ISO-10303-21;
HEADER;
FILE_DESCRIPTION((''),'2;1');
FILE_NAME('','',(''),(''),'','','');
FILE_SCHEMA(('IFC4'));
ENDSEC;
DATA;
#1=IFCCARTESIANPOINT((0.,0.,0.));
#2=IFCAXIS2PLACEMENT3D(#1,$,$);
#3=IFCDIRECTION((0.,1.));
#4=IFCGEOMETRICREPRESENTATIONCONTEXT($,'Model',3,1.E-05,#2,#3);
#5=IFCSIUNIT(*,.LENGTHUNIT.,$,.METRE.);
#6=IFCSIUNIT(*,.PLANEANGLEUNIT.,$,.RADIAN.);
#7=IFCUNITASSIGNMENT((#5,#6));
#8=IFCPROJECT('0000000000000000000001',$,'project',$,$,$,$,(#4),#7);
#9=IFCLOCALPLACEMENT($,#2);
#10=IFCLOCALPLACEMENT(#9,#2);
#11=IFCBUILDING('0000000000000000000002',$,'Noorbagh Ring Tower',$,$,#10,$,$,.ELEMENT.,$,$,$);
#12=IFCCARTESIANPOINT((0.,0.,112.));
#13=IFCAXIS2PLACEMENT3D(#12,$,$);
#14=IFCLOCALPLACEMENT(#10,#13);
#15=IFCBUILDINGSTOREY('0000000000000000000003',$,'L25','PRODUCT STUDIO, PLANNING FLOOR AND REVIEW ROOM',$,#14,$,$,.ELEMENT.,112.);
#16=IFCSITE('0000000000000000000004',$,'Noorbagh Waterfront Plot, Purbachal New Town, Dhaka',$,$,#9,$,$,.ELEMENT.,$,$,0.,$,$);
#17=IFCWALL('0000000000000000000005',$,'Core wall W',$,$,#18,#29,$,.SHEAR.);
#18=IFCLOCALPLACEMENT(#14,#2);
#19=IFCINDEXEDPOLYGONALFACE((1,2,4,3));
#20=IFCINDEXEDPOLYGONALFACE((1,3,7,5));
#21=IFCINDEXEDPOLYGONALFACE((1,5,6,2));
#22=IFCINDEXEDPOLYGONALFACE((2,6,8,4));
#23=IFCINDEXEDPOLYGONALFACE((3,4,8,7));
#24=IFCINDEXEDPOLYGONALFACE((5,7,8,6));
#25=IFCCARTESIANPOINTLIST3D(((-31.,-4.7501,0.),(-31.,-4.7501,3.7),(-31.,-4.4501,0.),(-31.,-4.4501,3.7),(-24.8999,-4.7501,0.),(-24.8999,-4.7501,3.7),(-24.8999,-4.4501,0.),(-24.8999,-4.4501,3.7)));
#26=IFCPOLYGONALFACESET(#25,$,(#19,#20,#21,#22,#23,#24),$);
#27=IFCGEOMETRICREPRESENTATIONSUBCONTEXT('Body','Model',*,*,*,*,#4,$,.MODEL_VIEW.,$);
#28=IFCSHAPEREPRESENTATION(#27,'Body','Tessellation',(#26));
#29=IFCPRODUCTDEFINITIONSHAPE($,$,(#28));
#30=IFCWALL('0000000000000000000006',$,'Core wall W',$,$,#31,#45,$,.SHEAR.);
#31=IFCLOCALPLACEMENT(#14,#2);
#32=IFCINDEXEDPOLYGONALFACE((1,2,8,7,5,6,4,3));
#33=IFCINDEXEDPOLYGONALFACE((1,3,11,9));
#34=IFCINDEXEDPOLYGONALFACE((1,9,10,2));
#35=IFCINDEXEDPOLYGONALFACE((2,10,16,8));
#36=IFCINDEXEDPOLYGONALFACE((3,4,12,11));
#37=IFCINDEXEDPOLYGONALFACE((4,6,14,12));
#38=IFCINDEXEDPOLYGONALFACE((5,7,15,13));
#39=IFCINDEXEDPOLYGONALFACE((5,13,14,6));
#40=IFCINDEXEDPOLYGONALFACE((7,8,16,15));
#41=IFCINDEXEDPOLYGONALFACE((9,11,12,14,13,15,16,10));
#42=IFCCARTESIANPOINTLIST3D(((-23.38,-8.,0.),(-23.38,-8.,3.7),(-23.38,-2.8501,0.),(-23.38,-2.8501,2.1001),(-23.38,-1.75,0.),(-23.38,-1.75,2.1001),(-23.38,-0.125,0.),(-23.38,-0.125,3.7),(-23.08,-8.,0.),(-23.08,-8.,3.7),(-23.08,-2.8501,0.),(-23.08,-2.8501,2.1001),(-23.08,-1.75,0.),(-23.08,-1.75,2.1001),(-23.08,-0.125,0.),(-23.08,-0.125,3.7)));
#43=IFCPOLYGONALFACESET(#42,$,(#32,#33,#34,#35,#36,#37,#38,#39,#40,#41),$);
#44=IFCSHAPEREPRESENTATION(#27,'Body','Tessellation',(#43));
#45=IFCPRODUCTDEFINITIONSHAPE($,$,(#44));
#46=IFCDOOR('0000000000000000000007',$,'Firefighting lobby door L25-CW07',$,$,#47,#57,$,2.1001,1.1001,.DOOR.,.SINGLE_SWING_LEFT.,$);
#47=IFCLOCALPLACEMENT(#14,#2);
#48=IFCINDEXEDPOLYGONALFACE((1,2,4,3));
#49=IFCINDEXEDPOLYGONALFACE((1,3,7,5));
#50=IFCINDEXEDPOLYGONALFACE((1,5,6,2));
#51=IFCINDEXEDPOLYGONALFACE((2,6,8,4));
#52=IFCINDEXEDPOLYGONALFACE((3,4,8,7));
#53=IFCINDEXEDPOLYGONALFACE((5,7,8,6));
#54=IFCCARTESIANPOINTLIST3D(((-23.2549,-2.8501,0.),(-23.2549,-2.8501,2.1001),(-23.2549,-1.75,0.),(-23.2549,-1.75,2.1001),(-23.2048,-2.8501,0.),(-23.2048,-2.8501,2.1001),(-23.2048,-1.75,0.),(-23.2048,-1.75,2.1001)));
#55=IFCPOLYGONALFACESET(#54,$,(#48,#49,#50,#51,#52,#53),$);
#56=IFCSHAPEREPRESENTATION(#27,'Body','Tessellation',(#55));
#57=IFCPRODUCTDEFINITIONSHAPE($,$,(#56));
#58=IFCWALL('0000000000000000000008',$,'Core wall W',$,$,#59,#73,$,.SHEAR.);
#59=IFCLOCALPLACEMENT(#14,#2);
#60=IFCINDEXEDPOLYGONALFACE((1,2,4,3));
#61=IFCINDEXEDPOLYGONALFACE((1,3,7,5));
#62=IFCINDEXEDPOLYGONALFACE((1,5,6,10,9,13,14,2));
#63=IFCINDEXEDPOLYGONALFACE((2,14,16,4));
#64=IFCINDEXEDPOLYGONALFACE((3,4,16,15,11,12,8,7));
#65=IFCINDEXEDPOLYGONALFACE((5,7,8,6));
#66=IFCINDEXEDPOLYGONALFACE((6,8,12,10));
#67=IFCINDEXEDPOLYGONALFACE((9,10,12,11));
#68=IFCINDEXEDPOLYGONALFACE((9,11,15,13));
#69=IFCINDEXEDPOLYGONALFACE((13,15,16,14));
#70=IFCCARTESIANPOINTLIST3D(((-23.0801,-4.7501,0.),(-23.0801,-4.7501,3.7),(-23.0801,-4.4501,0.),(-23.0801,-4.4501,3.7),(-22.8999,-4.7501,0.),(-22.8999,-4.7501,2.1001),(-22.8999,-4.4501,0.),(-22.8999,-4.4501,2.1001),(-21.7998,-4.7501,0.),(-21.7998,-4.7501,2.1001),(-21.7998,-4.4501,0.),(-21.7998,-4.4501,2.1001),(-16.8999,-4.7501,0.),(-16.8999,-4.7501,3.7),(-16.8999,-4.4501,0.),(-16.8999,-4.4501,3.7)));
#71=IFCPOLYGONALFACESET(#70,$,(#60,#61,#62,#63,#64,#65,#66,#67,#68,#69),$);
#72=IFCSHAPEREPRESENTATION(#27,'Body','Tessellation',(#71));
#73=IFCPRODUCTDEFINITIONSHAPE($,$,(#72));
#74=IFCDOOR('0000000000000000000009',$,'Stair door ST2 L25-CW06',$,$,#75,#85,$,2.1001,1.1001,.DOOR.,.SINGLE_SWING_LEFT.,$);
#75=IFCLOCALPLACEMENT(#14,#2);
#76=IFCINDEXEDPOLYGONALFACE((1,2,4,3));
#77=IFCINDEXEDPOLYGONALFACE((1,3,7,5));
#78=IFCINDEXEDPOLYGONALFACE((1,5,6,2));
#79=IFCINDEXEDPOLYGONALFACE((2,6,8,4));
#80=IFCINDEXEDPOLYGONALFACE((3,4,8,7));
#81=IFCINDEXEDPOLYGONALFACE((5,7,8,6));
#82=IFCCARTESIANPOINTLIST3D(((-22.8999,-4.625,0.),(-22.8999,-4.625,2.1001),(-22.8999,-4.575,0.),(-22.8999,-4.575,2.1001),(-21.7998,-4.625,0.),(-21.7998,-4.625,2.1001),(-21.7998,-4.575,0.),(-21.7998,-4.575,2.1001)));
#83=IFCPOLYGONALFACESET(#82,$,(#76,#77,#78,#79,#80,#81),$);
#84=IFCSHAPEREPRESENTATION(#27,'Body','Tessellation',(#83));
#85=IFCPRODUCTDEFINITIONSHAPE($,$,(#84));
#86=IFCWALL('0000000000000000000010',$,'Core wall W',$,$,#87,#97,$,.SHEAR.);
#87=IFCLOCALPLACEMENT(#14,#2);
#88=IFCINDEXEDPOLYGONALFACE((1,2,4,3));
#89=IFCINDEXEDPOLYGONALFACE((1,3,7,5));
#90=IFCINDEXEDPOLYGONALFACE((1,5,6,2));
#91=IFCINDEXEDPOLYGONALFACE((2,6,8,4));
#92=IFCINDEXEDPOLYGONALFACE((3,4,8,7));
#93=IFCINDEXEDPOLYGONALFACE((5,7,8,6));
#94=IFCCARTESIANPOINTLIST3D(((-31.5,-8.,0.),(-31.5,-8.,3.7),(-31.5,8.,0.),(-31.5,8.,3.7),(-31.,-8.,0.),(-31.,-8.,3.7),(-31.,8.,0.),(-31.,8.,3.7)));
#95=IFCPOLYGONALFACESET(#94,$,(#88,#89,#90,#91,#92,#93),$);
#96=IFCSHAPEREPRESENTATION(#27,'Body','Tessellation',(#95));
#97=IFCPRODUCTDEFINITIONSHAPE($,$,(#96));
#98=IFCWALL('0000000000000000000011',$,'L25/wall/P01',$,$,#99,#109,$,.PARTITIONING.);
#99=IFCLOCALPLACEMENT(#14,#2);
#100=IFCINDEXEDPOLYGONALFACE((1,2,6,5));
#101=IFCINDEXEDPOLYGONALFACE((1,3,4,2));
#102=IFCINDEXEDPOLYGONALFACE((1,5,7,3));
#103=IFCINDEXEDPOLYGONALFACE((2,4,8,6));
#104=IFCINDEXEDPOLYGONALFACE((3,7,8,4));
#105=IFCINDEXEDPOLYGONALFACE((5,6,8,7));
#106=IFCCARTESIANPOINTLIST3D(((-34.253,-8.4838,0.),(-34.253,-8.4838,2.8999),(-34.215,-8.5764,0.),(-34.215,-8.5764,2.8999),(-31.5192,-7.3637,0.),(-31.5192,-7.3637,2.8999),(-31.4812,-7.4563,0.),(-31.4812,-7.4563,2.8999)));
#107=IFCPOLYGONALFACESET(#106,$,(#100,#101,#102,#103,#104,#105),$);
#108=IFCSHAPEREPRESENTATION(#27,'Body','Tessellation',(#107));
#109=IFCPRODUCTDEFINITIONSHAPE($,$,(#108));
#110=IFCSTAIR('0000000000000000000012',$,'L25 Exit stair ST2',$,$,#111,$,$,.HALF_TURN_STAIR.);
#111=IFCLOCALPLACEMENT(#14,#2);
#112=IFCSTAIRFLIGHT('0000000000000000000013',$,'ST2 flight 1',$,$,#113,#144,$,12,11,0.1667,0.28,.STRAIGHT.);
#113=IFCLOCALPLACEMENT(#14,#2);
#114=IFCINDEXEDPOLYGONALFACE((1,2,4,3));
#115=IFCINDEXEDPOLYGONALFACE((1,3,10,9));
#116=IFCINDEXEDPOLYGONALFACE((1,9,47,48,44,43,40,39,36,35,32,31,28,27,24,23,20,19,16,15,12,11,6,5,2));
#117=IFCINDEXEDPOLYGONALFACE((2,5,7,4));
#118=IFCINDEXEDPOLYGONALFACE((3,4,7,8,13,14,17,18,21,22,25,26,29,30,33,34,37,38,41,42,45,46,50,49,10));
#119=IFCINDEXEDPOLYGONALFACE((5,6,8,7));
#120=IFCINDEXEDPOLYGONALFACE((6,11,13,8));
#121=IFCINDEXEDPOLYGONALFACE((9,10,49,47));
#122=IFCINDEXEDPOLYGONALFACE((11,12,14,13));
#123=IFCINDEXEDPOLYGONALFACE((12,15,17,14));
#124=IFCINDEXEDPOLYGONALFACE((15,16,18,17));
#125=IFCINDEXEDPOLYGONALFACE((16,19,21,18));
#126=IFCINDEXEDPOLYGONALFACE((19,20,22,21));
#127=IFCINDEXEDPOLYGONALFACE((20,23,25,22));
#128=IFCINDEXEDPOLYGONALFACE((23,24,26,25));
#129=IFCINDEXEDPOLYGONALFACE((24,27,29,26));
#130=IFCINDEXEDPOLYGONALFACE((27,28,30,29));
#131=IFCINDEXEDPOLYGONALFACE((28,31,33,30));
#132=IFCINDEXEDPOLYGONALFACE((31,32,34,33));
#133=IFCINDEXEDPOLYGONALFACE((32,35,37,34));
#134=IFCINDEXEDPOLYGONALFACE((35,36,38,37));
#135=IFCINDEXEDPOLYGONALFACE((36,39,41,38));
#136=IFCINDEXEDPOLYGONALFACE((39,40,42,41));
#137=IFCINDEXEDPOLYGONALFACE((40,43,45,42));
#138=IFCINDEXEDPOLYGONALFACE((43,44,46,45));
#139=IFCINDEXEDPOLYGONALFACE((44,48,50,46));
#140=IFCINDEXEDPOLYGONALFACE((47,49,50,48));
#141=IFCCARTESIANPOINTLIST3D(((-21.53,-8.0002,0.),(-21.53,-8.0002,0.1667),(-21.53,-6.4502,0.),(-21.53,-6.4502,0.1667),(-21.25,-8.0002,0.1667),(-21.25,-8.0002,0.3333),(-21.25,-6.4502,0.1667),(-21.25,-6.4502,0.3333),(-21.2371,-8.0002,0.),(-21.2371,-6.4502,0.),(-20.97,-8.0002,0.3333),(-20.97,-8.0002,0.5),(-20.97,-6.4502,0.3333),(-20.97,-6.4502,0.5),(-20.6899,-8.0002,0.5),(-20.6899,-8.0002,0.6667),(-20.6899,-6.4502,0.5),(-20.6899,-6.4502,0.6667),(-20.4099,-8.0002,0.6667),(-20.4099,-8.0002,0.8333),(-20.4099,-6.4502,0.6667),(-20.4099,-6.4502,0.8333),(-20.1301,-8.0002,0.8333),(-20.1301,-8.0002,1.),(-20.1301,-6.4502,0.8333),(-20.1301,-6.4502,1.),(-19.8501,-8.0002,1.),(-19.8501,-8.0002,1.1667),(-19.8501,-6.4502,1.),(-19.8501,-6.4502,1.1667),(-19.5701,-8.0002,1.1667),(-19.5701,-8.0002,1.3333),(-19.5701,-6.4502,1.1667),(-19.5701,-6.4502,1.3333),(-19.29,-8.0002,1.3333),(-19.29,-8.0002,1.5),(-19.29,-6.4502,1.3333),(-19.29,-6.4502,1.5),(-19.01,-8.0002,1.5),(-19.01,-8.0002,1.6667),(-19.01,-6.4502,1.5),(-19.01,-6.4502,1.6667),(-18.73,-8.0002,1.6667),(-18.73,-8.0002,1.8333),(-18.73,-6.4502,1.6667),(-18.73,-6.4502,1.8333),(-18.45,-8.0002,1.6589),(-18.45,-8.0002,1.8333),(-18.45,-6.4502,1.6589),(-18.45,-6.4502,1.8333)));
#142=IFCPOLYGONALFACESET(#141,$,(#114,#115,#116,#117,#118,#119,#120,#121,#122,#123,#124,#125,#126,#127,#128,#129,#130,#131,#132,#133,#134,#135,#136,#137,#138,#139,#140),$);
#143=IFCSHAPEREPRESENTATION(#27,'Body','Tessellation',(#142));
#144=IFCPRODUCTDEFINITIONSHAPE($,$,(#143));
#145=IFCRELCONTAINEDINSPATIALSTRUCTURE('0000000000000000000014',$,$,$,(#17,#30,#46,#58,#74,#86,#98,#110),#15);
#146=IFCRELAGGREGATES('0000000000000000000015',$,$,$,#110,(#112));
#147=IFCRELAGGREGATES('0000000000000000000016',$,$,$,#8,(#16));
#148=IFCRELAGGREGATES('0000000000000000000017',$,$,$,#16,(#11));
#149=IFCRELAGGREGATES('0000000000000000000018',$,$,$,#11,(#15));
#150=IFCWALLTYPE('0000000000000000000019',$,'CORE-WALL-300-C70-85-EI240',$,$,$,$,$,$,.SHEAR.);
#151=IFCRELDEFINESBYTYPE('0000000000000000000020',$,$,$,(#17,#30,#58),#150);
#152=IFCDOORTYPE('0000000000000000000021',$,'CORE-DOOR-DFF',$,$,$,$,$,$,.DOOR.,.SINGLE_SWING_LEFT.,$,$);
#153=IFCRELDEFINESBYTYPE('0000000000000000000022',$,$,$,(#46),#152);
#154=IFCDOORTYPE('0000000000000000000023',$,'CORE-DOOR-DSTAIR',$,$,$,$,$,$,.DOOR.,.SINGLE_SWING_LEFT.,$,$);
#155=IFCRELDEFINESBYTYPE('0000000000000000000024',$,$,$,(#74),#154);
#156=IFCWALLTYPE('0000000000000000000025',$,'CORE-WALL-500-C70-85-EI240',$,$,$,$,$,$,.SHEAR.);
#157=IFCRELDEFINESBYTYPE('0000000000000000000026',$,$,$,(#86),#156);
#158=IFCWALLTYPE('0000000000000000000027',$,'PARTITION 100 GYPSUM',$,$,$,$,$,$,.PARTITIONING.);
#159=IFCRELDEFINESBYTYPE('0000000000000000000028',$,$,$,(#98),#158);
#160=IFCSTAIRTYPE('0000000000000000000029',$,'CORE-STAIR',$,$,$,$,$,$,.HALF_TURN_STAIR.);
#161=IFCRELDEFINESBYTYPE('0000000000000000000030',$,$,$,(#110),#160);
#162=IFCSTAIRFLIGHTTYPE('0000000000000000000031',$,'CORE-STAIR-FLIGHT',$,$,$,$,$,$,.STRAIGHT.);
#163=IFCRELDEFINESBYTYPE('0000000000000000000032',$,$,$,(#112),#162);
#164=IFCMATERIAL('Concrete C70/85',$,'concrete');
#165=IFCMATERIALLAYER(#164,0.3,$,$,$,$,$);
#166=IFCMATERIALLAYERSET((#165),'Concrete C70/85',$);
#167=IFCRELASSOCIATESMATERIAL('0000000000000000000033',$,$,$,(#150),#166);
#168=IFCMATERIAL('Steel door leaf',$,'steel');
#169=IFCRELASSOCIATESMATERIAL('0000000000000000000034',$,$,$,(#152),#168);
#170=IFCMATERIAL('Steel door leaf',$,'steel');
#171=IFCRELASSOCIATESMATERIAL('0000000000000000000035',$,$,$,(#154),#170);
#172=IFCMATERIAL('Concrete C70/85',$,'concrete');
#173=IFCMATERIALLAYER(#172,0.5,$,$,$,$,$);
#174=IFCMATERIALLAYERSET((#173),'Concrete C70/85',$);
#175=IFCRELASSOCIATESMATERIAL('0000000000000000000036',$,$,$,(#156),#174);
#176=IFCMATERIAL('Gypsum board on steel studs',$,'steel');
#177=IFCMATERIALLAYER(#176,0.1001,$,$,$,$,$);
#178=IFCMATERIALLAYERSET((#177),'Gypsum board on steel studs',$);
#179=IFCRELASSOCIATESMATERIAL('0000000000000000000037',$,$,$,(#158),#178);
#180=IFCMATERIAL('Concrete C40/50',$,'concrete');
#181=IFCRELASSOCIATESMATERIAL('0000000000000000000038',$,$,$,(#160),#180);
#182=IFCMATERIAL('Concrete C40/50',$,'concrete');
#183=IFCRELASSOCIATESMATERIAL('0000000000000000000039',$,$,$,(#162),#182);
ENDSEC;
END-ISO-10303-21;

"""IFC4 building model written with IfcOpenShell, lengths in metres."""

from ifc_helpers import new_model, si_unit, direction, frame, frame_2d, origin, place, context, subcontext, project, spatial, polyline, rectangle, outline, extrude, material, layer, layer_set, type_object, element, fill, aggregate, save


model = new_model("IFC4")

# Units and contexts
model_context = context("Model", 3, precision=1e-05, world=origin(), true_north=direction((0.0, 1.0)))
body_context = subcontext(model_context, "Body", "Model", "MODEL_VIEW")
ifc_project = project(units=[si_unit("LENGTHUNIT", "METRE"), si_unit("PLANEANGLEUNIT", "RADIAN")], contexts=[model_context])

# Site, building, storey
site_placement = place(None, origin())
site = spatial("IfcSite", under=ifc_project, at=site_placement, Name="Noorbagh Waterfront Plot, Purbachal New Town, Dhaka", CompositionType="ELEMENT", RefElevation=0.0)
building_placement = place(site_placement, origin())
building = spatial("IfcBuilding", under=site, at=building_placement, Name="Noorbagh Ring Tower", CompositionType="ELEMENT")
storey_placement = place(building_placement, frame((0.0, 0.0, 112.0)))
storey = spatial("IfcBuildingStorey", under=building, at=storey_placement, Name="L25", Description="PRODUCT STUDIO, PLANNING FLOOR AND REVIEW ROOM", CompositionType="ELEMENT", Elevation=112.0)

# Wall
ifc_material_1 = material(Name="Concrete C70/85", Category="concrete")
ifc_layer_1 = layer(ifc_material_1, 0.3)
ifc_layer_set_1 = layer_set([ifc_layer_1], Name="Concrete C70/85")
wall_type_1 = type_object("IfcWallType", Name="CORE-WALL-300-C70-85-EI240", PredefinedType="SHEAR", material=ifc_layer_set_1)
wall_1_placement = place(storey_placement, frame((-24.8999, -4.6001, 0.0), z_axis=(0.0, 0.0, 1.0), x_axis=(-1.0, 0.0, 0.0)))
element("IfcWall", 1, at=wall_1_placement, inside=storey, type_object=wall_type_1, Name="Core wall W", PredefinedType="SHEAR", context=body_context, shape_type="SweptSolid", body=[
    extrude(rectangle(XDim=6.1001, YDim=0.3, at=frame_2d((3.05, 0.0))), origin(), (0.0, 0.0, 1.0), 3.7),
])

# Walls, openings, doors
wall_2_placement = place(storey_placement, frame((-23.23, -8.0, 0.0), z_axis=(0.0, 0.0, 1.0), x_axis=(0.0, 1.0, 0.0)))
wall_2 = element("IfcWall", 2, at=wall_2_placement, inside=storey, type_object=wall_type_1, Name="Core wall W", PredefinedType="SHEAR", context=body_context, shape_type="SweptSolid", body=[
    extrude(rectangle(XDim=7.875, YDim=0.3, at=frame_2d((3.9375, 0.0))), origin(), (0.0, 0.0, 1.0), 3.7),
])
opening_1_placement = place(wall_2_placement, frame((5.1499, 0.0, 0.0)))
opening_1 = element("IfcOpeningElement", 3, at=opening_1_placement, cuts=wall_2, PredefinedType="OPENING", context=body_context, shape_type="SweptSolid", body=[
    extrude(rectangle(XDim=1.1001, YDim=2.1001, at=frame_2d((0.55, 1.05))), frame((0.0, 0.1602, 0.0), z_axis=(0.0, -1.0, 0.0), x_axis=(1.0, 0.0, 0.0)), (0.0, 0.0, 1.0), 0.3201),
])
ifc_material_2 = material(Name="Steel door leaf", Category="steel")
door_type_1 = type_object("IfcDoorType", Name="CORE-DOOR-DFF", OperationType="SINGLE_SWING_LEFT", PredefinedType="DOOR", material=ifc_material_2)
door_1_placement = place(opening_1_placement, origin())
door_1 = element("IfcDoor", 4, at=door_1_placement, inside=storey, type_object=door_type_1, Name="Firefighting lobby door L25-CW07", OperationType="SINGLE_SWING_LEFT", OverallHeight=2.1001, OverallWidth=1.1001, PredefinedType="DOOR", context=body_context, shape_type="SweptSolid", body=[
    extrude(rectangle(XDim=1.1001, YDim=2.1001, at=frame_2d((0.55, 1.05))), frame((0.0, 0.0249, 0.0), z_axis=(0.0, -1.0, 0.0), x_axis=(1.0, 0.0, 0.0)), (0.0, 0.0, 1.0), 0.05),
])
fill(opening_1, door_1)
wall_3_placement = place(storey_placement, frame((-16.8999, -4.6001, 0.0), z_axis=(0.0, 0.0, 1.0), x_axis=(-1.0, 0.0, 0.0)))
wall_3 = element("IfcWall", 5, at=wall_3_placement, inside=storey, type_object=wall_type_1, Name="Core wall W", PredefinedType="SHEAR", context=body_context, shape_type="SweptSolid", body=[
    extrude(rectangle(XDim=6.1802, YDim=0.3, at=frame_2d((3.0901, 0.0))), origin(), (0.0, 0.0, 1.0), 3.7),
])
opening_2_placement = place(wall_3_placement, frame((4.8999, 0.0, 0.0)))
opening_2 = element("IfcOpeningElement", 6, at=opening_2_placement, cuts=wall_3, PredefinedType="OPENING", context=body_context, shape_type="SweptSolid", body=[
    extrude(rectangle(XDim=1.1001, YDim=2.1001, at=frame_2d((0.55, 1.05))), frame((0.0, 0.1602, 0.0), z_axis=(0.0, -1.0, 0.0), x_axis=(1.0, 0.0, 0.0)), (0.0, 0.0, 1.0), 0.3201),
])
ifc_material_3 = material(Name="Steel door leaf", Category="steel")
door_type_2 = type_object("IfcDoorType", Name="CORE-DOOR-DSTAIR", OperationType="SINGLE_SWING_LEFT", PredefinedType="DOOR", material=ifc_material_3)
door_2_placement = place(opening_2_placement, origin())
door_2 = element("IfcDoor", 7, at=door_2_placement, inside=storey, type_object=door_type_2, Name="Stair door ST2 L25-CW06", OperationType="SINGLE_SWING_LEFT", OverallHeight=2.1001, OverallWidth=1.1001, PredefinedType="DOOR", context=body_context, shape_type="SweptSolid", body=[
    extrude(rectangle(XDim=1.1001, YDim=2.1001, at=frame_2d((0.55, 1.05))), frame((0.0, 0.0249, 0.0), z_axis=(0.0, -1.0, 0.0), x_axis=(1.0, 0.0, 0.0)), (0.0, 0.0, 1.0), 0.05),
])
fill(opening_2, door_2)

# Walls
ifc_material_4 = material(Name="Concrete C70/85", Category="concrete")
ifc_layer_2 = layer(ifc_material_4, 0.5)
ifc_layer_set_2 = layer_set([ifc_layer_2], Name="Concrete C70/85")
wall_type_2 = type_object("IfcWallType", Name="CORE-WALL-500-C70-85-EI240", PredefinedType="SHEAR", material=ifc_layer_set_2)
wall_4_placement = place(storey_placement, frame((-31.25, -8.0, 0.0), z_axis=(0.0, 0.0, 1.0), x_axis=(0.0, 1.0, 0.0)))
element("IfcWall", 8, at=wall_4_placement, inside=storey, type_object=wall_type_2, Name="Core wall W", PredefinedType="SHEAR", context=body_context, shape_type="SweptSolid", body=[
    extrude(rectangle(XDim=16.0, YDim=0.5, at=frame_2d((8.0, 0.0))), origin(), (0.0, 0.0, 1.0), 3.7),
])
ifc_material_5 = material(Name="Gypsum board on steel studs", Category="steel")
ifc_layer_3 = layer(ifc_material_5, 0.1001)
ifc_layer_set_3 = layer_set([ifc_layer_3], Name="Gypsum board on steel studs")
wall_type_3 = type_object("IfcWallType", Name="PARTITION 100 GYPSUM", PredefinedType="PARTITIONING", material=ifc_layer_set_3)
wall_5_placement = place(storey_placement, frame((-34.2339, -8.53, 0.0), z_axis=(0.0, 0.0, 1.0), x_axis=(0.925344, 0.379128, 0.0)))
element("IfcWall", 9, at=wall_5_placement, inside=storey, type_object=wall_type_3, Name="L25/wall/P01", PredefinedType="PARTITIONING", context=body_context, shape_type="SweptSolid", body=[
    extrude(rectangle(XDim=2.9543, YDim=0.1001, at=frame_2d((1.4771, 0.0))), origin(), (0.0, 0.0, 1.0), 2.8999),
])

# Stair, stair flight
ifc_material_6 = material(Name="Concrete C40/50", Category="concrete")
stair_type = type_object("IfcStairType", Name="CORE-STAIR", PredefinedType="HALF_TURN_STAIR", material=ifc_material_6)
stair_placement = place(storey_placement, origin())
stair = element("IfcStair", 10, at=stair_placement, inside=storey, type_object=stair_type, Name="L25 Exit stair ST2", PredefinedType="HALF_TURN_STAIR")
ifc_material_7 = material(Name="Concrete C40/50", Category="concrete")
stair_flight_type = type_object("IfcStairFlightType", Name="CORE-STAIR-FLIGHT", PredefinedType="STRAIGHT", material=ifc_material_7)
stair_flight_1_placement = place(storey_placement, frame((-21.53, -7.2251, 0.0), z_axis=(0.0, 0.0, 1.0), x_axis=(1.0, 0.0, 0.0)))
stair_flight_1 = element("IfcStairFlight", 11, at=stair_flight_1_placement, type_object=stair_flight_type, Name="ST2 flight 1", NumberOfRisers=12, NumberOfTreads=11, PredefinedType="STRAIGHT", RiserHeight=0.1667, TreadLength=0.28, context=body_context, shape_type="SweptSolid", body=[
    extrude(outline(polyline([(0.0, 0.0), (0.0, 0.1667), (0.28, 0.1667), (0.28, 0.3333), (0.5601, 0.3333), (0.5601, 0.5), (0.8401, 0.5), (0.8401, 0.6667), (1.1201, 0.6667), (1.1201, 0.8333), (1.3999, 0.8333), (1.3999, 1.0), (1.6799, 1.0), (1.6799, 1.1667), (1.96, 1.1667), (1.96, 1.3333), (2.24, 1.3333), (2.24, 1.5), (2.52, 1.5), (2.52, 1.6667), (2.8, 1.6667), (2.8, 1.8333), (3.0801, 1.8333), (3.0801, 2.0), (3.0801, 1.6589), (0.293, 0.0), (0.0, 0.0)])), frame((0.0, 0.7749, 0.0), z_axis=(0.0, -1.0, 0.0), x_axis=(1.0, 0.0, 0.0)), (0.0, 0.0, 1.0), 1.55),
])
aggregate(stair, [stair_flight_1])

save(model, "model.ifc")
